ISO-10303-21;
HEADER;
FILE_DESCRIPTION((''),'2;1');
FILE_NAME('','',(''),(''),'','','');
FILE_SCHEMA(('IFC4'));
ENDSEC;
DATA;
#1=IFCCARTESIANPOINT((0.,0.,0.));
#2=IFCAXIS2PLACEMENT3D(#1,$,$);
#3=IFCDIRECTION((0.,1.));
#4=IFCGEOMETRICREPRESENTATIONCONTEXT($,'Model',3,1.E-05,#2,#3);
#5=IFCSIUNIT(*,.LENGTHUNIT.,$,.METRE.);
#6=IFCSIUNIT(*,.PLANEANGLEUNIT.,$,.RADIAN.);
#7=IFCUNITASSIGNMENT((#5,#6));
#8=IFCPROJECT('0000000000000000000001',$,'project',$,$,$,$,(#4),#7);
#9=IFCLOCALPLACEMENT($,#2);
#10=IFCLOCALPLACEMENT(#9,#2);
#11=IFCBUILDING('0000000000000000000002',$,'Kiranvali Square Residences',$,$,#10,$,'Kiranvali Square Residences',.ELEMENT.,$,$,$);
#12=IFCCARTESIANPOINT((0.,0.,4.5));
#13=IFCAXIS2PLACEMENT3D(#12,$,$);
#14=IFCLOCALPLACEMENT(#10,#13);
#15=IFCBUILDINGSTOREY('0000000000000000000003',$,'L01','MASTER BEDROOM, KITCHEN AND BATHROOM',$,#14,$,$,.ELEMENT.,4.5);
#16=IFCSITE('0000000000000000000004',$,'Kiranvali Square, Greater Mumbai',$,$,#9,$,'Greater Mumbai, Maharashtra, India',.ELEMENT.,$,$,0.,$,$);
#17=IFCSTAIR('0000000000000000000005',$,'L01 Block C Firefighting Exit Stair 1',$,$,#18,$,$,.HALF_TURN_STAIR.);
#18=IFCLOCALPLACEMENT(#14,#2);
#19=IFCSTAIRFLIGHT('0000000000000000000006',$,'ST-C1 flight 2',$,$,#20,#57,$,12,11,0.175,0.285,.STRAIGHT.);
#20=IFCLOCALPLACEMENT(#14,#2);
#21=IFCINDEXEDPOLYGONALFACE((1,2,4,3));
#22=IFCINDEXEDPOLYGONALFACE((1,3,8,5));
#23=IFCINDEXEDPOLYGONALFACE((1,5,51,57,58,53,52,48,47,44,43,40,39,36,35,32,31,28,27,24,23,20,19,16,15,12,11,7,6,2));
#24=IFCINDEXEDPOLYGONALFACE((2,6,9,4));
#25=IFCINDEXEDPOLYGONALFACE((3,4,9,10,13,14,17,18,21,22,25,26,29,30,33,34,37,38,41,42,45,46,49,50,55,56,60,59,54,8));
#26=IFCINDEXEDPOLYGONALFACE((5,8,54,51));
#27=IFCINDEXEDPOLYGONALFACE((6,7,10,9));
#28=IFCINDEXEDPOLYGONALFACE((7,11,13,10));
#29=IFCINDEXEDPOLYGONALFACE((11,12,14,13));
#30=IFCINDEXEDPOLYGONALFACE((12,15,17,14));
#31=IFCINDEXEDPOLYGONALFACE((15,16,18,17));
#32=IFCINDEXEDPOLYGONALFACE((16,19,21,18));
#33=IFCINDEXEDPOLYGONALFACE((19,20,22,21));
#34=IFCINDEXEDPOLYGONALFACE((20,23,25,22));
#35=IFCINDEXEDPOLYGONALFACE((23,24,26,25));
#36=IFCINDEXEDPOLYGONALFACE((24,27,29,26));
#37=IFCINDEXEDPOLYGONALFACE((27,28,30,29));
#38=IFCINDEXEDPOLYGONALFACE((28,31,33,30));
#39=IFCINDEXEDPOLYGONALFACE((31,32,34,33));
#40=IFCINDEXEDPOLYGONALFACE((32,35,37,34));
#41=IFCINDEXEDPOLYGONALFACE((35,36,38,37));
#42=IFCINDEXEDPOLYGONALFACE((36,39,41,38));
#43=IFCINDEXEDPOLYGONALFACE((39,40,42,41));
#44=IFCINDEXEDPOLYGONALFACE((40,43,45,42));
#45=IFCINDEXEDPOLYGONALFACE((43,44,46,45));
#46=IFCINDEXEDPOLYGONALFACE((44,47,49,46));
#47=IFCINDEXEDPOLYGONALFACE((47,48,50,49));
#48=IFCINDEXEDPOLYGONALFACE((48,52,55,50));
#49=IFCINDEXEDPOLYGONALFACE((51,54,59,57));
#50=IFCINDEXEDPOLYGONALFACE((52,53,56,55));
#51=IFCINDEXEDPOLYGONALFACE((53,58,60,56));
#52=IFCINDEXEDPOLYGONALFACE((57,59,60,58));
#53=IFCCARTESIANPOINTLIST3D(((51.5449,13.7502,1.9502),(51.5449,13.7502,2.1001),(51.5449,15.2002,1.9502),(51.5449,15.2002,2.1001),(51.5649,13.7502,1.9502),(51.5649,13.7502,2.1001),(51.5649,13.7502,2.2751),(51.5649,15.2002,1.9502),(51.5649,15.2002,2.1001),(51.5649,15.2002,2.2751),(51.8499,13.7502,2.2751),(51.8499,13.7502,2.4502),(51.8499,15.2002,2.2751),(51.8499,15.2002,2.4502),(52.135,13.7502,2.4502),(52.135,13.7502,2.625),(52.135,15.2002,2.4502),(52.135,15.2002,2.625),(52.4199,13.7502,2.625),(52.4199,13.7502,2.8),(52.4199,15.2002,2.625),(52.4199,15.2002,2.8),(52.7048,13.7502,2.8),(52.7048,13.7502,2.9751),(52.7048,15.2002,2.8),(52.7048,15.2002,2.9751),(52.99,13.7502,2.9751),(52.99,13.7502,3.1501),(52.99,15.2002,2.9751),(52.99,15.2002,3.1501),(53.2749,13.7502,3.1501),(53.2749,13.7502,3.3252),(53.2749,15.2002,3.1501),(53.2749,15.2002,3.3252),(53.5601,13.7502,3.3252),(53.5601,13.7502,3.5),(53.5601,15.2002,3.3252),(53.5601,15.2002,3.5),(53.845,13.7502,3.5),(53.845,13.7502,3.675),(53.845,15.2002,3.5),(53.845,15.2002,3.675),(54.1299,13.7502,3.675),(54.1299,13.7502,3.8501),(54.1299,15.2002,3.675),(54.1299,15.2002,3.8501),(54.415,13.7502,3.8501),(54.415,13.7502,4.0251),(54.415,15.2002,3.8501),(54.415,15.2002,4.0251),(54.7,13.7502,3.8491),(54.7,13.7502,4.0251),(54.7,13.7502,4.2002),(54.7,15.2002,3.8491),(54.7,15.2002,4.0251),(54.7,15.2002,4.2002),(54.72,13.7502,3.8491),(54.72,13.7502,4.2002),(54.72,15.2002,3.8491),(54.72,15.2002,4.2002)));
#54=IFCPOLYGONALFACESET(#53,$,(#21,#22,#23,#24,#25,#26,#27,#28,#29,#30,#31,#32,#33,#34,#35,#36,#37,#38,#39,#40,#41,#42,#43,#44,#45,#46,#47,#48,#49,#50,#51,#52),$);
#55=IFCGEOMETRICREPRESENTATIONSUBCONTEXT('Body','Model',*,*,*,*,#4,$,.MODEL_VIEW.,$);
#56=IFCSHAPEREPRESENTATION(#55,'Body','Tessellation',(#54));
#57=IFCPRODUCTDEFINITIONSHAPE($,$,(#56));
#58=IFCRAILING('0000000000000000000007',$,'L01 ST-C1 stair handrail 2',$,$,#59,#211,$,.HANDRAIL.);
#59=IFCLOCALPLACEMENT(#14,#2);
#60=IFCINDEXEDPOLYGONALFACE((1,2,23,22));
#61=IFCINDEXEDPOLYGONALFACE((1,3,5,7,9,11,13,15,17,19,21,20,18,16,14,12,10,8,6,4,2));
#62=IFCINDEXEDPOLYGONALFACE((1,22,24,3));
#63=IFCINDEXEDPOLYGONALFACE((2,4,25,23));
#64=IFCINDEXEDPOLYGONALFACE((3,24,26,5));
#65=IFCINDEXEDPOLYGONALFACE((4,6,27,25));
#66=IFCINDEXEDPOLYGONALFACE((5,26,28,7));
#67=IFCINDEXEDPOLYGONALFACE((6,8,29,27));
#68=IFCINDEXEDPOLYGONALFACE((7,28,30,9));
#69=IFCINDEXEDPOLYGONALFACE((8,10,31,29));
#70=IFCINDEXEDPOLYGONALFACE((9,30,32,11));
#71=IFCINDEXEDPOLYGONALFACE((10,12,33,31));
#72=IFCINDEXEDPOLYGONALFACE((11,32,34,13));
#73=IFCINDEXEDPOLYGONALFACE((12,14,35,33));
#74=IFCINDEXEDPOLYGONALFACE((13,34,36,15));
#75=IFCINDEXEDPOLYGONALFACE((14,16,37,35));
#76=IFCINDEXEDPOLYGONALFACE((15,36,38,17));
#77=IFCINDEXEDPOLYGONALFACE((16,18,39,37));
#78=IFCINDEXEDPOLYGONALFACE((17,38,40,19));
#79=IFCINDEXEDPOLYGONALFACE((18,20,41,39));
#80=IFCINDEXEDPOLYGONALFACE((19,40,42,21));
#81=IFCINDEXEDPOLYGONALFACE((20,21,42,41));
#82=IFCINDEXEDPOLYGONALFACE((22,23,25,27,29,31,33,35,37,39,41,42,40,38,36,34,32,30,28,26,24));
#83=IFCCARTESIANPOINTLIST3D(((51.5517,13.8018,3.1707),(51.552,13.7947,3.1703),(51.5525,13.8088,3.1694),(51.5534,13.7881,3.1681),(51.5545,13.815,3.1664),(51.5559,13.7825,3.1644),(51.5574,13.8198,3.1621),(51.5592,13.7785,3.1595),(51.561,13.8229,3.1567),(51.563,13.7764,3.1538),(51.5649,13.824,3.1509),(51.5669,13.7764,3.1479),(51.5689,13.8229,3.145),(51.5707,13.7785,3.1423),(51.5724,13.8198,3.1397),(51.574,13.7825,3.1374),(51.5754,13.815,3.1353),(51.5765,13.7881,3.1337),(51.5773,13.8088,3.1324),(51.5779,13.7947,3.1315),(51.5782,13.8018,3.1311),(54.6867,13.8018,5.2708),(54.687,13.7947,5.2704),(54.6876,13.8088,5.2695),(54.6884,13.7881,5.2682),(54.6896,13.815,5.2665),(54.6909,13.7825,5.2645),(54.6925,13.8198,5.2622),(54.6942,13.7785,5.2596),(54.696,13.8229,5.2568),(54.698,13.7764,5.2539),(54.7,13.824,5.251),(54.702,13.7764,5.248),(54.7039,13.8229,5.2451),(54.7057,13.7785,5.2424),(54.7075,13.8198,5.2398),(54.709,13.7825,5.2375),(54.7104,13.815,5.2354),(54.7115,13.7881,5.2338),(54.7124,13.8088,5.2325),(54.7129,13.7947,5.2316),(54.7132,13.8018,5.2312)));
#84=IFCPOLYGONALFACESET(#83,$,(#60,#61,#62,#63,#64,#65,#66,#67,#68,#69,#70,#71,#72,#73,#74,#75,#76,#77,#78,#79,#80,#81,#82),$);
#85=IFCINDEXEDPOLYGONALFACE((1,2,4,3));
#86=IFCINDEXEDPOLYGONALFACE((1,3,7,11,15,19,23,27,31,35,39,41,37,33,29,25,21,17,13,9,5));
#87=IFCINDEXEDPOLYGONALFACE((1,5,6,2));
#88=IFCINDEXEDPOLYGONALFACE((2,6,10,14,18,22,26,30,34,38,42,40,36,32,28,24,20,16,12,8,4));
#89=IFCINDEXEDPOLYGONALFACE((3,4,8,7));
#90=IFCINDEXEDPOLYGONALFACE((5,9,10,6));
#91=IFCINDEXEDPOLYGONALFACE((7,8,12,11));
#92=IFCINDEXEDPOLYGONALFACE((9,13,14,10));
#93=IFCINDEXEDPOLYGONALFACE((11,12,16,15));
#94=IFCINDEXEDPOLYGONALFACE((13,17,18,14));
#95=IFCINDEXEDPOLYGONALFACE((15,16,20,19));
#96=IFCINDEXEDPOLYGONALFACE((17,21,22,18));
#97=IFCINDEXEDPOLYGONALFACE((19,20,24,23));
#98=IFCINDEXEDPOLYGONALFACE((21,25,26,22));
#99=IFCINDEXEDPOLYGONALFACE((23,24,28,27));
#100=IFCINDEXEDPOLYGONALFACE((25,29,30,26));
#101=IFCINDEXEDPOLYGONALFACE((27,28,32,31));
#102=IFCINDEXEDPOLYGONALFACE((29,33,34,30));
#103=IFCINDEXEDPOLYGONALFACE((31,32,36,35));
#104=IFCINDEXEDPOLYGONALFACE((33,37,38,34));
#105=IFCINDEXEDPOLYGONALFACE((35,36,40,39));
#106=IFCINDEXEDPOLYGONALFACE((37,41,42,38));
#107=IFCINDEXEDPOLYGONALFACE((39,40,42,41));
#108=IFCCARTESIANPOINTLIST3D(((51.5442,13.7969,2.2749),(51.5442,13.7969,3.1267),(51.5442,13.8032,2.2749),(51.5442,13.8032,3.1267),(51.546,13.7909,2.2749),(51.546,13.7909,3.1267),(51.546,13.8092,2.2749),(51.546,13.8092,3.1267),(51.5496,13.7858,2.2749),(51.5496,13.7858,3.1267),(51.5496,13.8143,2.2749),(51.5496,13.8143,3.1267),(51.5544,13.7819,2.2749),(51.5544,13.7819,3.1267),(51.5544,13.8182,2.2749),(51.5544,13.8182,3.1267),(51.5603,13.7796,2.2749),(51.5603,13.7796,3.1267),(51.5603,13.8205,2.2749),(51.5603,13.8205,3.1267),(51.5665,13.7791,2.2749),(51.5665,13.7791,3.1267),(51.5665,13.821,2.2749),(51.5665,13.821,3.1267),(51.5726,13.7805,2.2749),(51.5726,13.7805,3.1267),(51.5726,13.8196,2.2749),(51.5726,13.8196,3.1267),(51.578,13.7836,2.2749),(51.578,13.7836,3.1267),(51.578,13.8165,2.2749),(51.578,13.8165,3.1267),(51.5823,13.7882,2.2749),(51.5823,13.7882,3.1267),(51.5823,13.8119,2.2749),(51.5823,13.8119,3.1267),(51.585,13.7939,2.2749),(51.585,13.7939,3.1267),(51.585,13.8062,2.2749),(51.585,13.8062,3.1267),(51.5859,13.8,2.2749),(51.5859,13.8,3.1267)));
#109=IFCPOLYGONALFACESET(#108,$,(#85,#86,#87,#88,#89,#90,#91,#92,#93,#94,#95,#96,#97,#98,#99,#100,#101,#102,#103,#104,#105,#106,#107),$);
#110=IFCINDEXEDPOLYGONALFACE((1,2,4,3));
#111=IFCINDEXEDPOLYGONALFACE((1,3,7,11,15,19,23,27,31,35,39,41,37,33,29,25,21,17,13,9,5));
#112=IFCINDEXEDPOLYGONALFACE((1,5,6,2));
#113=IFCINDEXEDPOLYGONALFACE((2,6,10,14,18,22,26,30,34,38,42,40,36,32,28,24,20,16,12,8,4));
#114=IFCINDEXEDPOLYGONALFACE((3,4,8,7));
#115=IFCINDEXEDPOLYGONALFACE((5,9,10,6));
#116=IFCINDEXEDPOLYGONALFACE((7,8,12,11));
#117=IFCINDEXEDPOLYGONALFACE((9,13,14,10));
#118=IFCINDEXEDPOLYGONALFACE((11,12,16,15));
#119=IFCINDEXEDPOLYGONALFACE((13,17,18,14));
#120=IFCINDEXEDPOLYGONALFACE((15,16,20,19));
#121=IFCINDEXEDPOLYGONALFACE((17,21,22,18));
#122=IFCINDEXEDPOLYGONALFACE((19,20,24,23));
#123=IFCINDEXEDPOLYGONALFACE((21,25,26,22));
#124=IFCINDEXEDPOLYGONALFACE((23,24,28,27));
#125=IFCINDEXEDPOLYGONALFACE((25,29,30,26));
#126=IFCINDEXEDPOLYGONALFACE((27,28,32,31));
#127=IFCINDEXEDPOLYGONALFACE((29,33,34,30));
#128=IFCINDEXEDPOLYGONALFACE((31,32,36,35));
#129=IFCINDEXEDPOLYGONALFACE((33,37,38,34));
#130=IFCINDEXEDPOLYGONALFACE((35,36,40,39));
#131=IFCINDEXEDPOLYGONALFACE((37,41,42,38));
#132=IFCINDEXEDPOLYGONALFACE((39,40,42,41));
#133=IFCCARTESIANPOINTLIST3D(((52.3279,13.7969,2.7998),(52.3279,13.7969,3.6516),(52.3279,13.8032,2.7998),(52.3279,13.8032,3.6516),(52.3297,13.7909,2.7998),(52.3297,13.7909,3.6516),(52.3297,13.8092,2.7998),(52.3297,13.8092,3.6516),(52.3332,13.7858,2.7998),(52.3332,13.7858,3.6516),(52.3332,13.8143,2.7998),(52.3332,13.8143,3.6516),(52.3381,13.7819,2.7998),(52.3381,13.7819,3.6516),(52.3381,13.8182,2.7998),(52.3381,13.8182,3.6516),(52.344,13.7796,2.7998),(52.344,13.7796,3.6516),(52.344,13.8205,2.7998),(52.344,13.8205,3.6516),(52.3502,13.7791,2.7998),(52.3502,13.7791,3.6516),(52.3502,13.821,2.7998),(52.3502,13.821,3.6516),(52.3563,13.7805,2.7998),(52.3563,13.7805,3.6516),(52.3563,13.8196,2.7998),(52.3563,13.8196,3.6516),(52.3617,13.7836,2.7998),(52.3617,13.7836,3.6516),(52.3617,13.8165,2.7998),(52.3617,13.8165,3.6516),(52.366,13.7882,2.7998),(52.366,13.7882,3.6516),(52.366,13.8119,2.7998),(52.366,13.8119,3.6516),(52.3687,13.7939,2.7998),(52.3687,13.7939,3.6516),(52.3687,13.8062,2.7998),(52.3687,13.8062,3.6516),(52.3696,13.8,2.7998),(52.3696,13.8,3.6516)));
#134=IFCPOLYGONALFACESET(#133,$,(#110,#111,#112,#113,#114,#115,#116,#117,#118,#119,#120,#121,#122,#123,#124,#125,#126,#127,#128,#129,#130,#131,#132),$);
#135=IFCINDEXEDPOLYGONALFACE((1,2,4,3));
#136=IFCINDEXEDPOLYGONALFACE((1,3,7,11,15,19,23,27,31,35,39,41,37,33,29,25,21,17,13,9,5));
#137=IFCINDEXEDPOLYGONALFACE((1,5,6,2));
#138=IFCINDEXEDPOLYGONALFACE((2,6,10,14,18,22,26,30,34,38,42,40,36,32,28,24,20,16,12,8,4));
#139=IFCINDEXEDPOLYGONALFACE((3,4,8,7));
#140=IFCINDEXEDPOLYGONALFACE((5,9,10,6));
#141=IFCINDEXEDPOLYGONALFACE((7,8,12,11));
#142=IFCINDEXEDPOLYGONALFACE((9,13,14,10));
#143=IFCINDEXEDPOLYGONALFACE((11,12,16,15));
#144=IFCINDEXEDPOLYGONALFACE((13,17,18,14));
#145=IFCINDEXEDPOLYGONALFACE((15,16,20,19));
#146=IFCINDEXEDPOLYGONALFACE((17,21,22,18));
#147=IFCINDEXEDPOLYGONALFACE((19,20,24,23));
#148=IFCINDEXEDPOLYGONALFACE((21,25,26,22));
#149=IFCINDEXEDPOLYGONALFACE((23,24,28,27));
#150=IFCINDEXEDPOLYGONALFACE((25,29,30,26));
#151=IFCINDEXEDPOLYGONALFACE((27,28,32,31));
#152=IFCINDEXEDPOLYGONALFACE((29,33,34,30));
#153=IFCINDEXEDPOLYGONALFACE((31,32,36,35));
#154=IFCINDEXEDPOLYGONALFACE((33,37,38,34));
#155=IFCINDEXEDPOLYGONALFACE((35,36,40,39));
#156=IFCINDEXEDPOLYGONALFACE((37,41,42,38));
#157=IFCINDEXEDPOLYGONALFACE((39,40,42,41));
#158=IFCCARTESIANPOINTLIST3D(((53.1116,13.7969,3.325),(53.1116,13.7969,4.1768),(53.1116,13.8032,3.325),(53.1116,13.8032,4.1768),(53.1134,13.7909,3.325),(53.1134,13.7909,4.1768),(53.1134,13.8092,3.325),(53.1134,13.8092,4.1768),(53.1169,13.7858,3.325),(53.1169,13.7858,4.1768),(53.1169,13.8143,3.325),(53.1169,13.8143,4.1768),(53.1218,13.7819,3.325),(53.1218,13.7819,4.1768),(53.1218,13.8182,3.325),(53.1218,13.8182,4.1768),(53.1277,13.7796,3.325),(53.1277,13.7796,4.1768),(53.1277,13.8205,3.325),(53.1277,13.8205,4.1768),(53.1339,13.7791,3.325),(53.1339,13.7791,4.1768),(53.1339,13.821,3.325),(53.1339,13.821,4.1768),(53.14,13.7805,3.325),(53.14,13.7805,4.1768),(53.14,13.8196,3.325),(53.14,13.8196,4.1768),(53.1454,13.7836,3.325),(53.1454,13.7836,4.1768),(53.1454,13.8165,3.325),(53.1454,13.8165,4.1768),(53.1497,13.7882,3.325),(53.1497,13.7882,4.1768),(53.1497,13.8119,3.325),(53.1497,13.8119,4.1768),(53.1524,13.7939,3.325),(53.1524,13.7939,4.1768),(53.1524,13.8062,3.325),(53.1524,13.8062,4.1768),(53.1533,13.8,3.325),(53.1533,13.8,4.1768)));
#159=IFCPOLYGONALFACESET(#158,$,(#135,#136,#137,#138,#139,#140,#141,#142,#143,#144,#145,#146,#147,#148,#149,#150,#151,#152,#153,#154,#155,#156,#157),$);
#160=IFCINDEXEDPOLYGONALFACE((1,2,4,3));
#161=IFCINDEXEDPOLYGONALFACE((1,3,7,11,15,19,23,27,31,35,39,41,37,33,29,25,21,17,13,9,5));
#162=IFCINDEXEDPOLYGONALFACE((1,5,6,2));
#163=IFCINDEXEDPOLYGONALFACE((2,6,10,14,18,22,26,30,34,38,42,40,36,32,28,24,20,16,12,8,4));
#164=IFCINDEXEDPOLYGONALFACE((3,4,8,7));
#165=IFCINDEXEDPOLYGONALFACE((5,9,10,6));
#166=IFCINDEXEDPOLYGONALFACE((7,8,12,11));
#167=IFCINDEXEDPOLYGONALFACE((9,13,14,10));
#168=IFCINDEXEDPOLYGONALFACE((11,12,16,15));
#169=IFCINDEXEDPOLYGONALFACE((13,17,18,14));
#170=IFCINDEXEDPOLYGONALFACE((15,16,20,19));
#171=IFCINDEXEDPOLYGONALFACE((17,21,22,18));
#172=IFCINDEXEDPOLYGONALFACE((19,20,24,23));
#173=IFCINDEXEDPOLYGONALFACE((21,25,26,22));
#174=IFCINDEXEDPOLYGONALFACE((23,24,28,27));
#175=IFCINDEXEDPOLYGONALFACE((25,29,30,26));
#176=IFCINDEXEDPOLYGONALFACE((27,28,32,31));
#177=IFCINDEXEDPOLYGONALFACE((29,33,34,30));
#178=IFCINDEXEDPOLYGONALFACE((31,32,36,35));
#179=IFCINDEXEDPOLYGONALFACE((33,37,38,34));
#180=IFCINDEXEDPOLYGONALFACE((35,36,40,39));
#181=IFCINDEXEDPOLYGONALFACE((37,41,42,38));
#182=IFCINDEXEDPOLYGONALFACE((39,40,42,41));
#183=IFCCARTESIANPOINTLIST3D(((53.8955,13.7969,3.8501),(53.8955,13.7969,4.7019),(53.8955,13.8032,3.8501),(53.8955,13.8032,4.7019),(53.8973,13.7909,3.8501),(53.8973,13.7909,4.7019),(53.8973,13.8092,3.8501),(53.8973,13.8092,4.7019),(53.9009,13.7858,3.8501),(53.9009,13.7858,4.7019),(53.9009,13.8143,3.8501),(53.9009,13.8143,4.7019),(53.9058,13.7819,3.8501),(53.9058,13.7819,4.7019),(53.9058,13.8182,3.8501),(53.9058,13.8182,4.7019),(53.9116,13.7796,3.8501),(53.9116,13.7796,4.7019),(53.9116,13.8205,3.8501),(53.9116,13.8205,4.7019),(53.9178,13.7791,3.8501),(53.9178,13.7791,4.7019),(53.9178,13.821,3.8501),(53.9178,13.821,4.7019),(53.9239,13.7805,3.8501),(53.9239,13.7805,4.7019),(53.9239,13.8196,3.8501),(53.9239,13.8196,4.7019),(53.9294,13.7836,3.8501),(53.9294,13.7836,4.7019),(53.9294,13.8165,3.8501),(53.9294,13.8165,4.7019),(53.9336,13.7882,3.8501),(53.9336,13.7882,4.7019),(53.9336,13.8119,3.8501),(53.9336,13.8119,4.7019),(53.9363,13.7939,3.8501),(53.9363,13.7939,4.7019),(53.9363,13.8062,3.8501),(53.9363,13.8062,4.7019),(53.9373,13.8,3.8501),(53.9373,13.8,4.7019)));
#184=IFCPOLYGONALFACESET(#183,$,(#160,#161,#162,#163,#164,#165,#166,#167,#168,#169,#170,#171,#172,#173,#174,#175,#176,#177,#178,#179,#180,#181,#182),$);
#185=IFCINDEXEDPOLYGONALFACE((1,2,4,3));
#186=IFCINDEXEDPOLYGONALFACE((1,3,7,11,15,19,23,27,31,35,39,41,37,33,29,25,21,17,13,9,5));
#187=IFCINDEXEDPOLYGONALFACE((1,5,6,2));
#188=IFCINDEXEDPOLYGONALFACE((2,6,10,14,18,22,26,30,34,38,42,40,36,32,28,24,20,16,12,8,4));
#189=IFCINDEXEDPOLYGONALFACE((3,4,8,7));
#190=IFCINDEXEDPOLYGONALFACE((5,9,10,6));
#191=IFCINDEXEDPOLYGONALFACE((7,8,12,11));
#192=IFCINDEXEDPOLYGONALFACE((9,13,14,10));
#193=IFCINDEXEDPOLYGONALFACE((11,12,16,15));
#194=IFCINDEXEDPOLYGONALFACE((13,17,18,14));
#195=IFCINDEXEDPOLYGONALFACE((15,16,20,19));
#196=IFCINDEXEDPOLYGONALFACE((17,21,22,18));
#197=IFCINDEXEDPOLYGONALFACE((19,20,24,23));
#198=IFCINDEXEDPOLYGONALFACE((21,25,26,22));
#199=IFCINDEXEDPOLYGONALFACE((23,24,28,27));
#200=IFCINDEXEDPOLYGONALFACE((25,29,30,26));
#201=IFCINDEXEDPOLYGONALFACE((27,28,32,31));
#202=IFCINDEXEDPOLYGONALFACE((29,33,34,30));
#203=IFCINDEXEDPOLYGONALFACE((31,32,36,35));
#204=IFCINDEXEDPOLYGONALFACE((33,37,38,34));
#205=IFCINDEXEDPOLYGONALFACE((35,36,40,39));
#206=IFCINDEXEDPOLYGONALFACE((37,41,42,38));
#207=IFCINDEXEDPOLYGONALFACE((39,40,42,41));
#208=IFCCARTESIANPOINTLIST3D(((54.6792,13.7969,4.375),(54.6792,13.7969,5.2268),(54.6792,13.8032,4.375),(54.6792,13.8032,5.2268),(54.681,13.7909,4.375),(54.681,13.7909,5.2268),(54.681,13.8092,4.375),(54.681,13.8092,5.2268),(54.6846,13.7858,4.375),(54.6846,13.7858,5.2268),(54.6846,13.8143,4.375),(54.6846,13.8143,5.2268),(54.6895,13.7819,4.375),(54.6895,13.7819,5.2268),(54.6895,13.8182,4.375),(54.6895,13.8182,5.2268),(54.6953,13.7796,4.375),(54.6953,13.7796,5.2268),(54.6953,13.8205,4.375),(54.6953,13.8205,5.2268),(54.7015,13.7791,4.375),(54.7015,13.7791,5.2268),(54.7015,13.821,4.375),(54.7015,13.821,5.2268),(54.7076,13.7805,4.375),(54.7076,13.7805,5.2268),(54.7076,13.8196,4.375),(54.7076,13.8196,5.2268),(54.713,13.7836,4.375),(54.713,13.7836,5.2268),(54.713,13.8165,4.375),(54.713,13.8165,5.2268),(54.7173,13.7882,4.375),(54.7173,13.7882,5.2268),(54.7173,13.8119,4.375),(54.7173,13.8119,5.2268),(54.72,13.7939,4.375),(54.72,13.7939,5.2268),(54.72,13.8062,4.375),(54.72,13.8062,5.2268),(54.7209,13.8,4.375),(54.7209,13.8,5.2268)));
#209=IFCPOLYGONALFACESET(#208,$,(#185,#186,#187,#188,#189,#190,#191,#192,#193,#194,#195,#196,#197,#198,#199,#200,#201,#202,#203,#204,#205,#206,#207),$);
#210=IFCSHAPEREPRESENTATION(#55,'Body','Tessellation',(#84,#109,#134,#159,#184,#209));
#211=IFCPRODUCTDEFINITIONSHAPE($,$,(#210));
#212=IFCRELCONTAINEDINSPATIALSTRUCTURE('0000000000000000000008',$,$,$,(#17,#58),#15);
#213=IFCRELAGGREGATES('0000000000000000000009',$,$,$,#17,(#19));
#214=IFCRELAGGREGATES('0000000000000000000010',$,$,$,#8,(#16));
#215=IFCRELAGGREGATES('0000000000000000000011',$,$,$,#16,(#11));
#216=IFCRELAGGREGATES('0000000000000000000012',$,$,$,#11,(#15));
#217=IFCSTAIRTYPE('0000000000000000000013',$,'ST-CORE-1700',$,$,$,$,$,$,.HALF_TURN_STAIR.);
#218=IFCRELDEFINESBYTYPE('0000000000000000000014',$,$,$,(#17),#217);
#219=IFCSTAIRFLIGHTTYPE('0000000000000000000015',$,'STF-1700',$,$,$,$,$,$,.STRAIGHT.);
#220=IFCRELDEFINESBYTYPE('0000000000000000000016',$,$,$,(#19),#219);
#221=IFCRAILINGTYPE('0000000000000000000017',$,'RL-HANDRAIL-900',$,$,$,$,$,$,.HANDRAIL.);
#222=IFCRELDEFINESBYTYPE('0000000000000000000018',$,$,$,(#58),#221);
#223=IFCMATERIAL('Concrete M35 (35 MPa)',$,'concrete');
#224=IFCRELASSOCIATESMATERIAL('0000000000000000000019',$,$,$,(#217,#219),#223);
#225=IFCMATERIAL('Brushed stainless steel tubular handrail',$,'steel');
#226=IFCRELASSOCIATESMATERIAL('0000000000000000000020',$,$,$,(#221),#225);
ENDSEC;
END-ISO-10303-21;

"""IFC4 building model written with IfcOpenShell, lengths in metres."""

from ifc_helpers import new_model, si_unit, direction, frame, origin, origin_2d, place, context, subcontext, project, spatial, polyline, circle, outline, extrude, material, type_object, element, aggregate, save


model = new_model("IFC4")

# Units and contexts
model_context = context("Model", 3, precision=1e-05, world=origin(), true_north=direction((0.0, 1.0)))
body_context = subcontext(model_context, "Body", "Model", "MODEL_VIEW")
ifc_project = project(units=[si_unit("LENGTHUNIT", "METRE"), si_unit("PLANEANGLEUNIT", "RADIAN")], contexts=[model_context])

# Site, building, storey
site_placement = place(None, origin())
site = spatial("IfcSite", under=ifc_project, at=site_placement, Name="Kiranvali Square, Greater Mumbai", LongName="Greater Mumbai, Maharashtra, India", CompositionType="ELEMENT", RefElevation=0.0)
building_placement = place(site_placement, origin())
building = spatial("IfcBuilding", under=site, at=building_placement, Name="Kiranvali Square Residences", LongName="Kiranvali Square Residences", CompositionType="ELEMENT")
storey_placement = place(building_placement, frame((0.0, 0.0, 4.5)))
storey = spatial("IfcBuildingStorey", under=building, at=storey_placement, Name="L01", Description="MASTER BEDROOM, KITCHEN AND BATHROOM", CompositionType="ELEMENT", Elevation=4.5)

# Stair, stair flight
ifc_material_1 = material(Name="Concrete M35 (35 MPa)", Category="concrete")
stair_type = type_object("IfcStairType", Name="ST-CORE-1700", PredefinedType="HALF_TURN_STAIR", material=ifc_material_1)
stair_placement = place(storey_placement, origin())
stair = element("IfcStair", 1, at=stair_placement, inside=storey, type_object=stair_type, Name="L01 Block C Firefighting Exit Stair 1", PredefinedType="HALF_TURN_STAIR")
stair_flight_type = type_object("IfcStairFlightType", Name="STF-1700", PredefinedType="STRAIGHT", material=ifc_material_1)
stair_flight_placement = place(storey_placement, frame((51.5649, 14.4751, 2.1001), z_axis=(0.0, 0.0, 1.0), x_axis=(1.0, 0.0, 0.0)))
stair_flight = element("IfcStairFlight", 2, at=stair_flight_placement, type_object=stair_flight_type, Name="ST-C1 flight 2", NumberOfRisers=12, NumberOfTreads=11, PredefinedType="STRAIGHT", RiserHeight=0.175, TreadLength=0.285, context=body_context, shape_type="SweptSolid", body=[
    extrude(outline(polyline([(-0.02, -0.1499), (-0.02, 0.0), (0.0, 0.0), (0.0, 0.175), (0.2849, 0.175), (0.2849, 0.3501), (0.5701, 0.3501), (0.5701, 0.5249), (0.855, 0.5249), (0.855, 0.7), (1.1399, 0.7), (1.1399, 0.875), (1.425, 0.875), (1.425, 1.05), (1.71, 1.05), (1.71, 1.2251), (1.9951, 1.2251), (1.9951, 1.3999), (2.28, 1.3999), (2.28, 1.575), (2.5649, 1.575), (2.5649, 1.75), (2.8501, 1.75), (2.8501, 1.925), (3.135, 1.925), (3.135, 2.1001), (3.155, 2.1001), (3.155, 1.749), (3.135, 1.749), (0.0, -0.1499), (-0.02, -0.1499)])), frame((0.0, 0.7251, 0.0), z_axis=(0.0, -1.0, 0.0), x_axis=(1.0, 0.0, 0.0)), (0.0, 0.0, 1.0), 1.45),
])
aggregate(stair, [stair_flight])

# Railing
ifc_material_2 = material(Name="Brushed stainless steel tubular handrail", Category="steel")
railing_type_1 = type_object("IfcRailingType", Name="RL-HANDRAIL-900", PredefinedType="HANDRAIL", material=ifc_material_2)
railing_1_placement = place(storey_placement, frame((51.5649, 13.8, 2.2749)))
element("IfcRailing", 3, at=railing_1_placement, inside=storey, type_object=railing_type_1, Name="L01 ST-C1 stair handrail 2", PredefinedType="HANDRAIL", context=body_context, shape_type="SweptSolid", body=[
    extrude(circle(Radius=0.0239, at=origin_2d()), frame((0.0, 0.0, 0.876), z_axis=(0.830814, 0.0, 0.55655), x_axis=(0.0, 1.0, 0.0)), (0.0, 0.0, 1.0), 3.7734),
    extrude(circle(Radius=0.021, at=origin_2d()), origin(), (0.0, 0.0, 1.0), 0.8518),
    extrude(circle(Radius=0.021, at=origin_2d()), frame((0.7837, 0.0, 0.5249)), (0.0, 0.0, 1.0), 0.8518),
    extrude(circle(Radius=0.021, at=origin_2d()), frame((1.5674, 0.0, 1.05)), (0.0, 0.0, 1.0), 0.8518),
    extrude(circle(Radius=0.021, at=origin_2d()), frame((2.3513, 0.0, 1.5752)), (0.0, 0.0, 1.0), 0.8518),
    extrude(circle(Radius=0.021, at=origin_2d()), frame((3.135, 0.0, 2.1001)), (0.0, 0.0, 1.0), 0.8518),
])

save(model, "model.ifc")
